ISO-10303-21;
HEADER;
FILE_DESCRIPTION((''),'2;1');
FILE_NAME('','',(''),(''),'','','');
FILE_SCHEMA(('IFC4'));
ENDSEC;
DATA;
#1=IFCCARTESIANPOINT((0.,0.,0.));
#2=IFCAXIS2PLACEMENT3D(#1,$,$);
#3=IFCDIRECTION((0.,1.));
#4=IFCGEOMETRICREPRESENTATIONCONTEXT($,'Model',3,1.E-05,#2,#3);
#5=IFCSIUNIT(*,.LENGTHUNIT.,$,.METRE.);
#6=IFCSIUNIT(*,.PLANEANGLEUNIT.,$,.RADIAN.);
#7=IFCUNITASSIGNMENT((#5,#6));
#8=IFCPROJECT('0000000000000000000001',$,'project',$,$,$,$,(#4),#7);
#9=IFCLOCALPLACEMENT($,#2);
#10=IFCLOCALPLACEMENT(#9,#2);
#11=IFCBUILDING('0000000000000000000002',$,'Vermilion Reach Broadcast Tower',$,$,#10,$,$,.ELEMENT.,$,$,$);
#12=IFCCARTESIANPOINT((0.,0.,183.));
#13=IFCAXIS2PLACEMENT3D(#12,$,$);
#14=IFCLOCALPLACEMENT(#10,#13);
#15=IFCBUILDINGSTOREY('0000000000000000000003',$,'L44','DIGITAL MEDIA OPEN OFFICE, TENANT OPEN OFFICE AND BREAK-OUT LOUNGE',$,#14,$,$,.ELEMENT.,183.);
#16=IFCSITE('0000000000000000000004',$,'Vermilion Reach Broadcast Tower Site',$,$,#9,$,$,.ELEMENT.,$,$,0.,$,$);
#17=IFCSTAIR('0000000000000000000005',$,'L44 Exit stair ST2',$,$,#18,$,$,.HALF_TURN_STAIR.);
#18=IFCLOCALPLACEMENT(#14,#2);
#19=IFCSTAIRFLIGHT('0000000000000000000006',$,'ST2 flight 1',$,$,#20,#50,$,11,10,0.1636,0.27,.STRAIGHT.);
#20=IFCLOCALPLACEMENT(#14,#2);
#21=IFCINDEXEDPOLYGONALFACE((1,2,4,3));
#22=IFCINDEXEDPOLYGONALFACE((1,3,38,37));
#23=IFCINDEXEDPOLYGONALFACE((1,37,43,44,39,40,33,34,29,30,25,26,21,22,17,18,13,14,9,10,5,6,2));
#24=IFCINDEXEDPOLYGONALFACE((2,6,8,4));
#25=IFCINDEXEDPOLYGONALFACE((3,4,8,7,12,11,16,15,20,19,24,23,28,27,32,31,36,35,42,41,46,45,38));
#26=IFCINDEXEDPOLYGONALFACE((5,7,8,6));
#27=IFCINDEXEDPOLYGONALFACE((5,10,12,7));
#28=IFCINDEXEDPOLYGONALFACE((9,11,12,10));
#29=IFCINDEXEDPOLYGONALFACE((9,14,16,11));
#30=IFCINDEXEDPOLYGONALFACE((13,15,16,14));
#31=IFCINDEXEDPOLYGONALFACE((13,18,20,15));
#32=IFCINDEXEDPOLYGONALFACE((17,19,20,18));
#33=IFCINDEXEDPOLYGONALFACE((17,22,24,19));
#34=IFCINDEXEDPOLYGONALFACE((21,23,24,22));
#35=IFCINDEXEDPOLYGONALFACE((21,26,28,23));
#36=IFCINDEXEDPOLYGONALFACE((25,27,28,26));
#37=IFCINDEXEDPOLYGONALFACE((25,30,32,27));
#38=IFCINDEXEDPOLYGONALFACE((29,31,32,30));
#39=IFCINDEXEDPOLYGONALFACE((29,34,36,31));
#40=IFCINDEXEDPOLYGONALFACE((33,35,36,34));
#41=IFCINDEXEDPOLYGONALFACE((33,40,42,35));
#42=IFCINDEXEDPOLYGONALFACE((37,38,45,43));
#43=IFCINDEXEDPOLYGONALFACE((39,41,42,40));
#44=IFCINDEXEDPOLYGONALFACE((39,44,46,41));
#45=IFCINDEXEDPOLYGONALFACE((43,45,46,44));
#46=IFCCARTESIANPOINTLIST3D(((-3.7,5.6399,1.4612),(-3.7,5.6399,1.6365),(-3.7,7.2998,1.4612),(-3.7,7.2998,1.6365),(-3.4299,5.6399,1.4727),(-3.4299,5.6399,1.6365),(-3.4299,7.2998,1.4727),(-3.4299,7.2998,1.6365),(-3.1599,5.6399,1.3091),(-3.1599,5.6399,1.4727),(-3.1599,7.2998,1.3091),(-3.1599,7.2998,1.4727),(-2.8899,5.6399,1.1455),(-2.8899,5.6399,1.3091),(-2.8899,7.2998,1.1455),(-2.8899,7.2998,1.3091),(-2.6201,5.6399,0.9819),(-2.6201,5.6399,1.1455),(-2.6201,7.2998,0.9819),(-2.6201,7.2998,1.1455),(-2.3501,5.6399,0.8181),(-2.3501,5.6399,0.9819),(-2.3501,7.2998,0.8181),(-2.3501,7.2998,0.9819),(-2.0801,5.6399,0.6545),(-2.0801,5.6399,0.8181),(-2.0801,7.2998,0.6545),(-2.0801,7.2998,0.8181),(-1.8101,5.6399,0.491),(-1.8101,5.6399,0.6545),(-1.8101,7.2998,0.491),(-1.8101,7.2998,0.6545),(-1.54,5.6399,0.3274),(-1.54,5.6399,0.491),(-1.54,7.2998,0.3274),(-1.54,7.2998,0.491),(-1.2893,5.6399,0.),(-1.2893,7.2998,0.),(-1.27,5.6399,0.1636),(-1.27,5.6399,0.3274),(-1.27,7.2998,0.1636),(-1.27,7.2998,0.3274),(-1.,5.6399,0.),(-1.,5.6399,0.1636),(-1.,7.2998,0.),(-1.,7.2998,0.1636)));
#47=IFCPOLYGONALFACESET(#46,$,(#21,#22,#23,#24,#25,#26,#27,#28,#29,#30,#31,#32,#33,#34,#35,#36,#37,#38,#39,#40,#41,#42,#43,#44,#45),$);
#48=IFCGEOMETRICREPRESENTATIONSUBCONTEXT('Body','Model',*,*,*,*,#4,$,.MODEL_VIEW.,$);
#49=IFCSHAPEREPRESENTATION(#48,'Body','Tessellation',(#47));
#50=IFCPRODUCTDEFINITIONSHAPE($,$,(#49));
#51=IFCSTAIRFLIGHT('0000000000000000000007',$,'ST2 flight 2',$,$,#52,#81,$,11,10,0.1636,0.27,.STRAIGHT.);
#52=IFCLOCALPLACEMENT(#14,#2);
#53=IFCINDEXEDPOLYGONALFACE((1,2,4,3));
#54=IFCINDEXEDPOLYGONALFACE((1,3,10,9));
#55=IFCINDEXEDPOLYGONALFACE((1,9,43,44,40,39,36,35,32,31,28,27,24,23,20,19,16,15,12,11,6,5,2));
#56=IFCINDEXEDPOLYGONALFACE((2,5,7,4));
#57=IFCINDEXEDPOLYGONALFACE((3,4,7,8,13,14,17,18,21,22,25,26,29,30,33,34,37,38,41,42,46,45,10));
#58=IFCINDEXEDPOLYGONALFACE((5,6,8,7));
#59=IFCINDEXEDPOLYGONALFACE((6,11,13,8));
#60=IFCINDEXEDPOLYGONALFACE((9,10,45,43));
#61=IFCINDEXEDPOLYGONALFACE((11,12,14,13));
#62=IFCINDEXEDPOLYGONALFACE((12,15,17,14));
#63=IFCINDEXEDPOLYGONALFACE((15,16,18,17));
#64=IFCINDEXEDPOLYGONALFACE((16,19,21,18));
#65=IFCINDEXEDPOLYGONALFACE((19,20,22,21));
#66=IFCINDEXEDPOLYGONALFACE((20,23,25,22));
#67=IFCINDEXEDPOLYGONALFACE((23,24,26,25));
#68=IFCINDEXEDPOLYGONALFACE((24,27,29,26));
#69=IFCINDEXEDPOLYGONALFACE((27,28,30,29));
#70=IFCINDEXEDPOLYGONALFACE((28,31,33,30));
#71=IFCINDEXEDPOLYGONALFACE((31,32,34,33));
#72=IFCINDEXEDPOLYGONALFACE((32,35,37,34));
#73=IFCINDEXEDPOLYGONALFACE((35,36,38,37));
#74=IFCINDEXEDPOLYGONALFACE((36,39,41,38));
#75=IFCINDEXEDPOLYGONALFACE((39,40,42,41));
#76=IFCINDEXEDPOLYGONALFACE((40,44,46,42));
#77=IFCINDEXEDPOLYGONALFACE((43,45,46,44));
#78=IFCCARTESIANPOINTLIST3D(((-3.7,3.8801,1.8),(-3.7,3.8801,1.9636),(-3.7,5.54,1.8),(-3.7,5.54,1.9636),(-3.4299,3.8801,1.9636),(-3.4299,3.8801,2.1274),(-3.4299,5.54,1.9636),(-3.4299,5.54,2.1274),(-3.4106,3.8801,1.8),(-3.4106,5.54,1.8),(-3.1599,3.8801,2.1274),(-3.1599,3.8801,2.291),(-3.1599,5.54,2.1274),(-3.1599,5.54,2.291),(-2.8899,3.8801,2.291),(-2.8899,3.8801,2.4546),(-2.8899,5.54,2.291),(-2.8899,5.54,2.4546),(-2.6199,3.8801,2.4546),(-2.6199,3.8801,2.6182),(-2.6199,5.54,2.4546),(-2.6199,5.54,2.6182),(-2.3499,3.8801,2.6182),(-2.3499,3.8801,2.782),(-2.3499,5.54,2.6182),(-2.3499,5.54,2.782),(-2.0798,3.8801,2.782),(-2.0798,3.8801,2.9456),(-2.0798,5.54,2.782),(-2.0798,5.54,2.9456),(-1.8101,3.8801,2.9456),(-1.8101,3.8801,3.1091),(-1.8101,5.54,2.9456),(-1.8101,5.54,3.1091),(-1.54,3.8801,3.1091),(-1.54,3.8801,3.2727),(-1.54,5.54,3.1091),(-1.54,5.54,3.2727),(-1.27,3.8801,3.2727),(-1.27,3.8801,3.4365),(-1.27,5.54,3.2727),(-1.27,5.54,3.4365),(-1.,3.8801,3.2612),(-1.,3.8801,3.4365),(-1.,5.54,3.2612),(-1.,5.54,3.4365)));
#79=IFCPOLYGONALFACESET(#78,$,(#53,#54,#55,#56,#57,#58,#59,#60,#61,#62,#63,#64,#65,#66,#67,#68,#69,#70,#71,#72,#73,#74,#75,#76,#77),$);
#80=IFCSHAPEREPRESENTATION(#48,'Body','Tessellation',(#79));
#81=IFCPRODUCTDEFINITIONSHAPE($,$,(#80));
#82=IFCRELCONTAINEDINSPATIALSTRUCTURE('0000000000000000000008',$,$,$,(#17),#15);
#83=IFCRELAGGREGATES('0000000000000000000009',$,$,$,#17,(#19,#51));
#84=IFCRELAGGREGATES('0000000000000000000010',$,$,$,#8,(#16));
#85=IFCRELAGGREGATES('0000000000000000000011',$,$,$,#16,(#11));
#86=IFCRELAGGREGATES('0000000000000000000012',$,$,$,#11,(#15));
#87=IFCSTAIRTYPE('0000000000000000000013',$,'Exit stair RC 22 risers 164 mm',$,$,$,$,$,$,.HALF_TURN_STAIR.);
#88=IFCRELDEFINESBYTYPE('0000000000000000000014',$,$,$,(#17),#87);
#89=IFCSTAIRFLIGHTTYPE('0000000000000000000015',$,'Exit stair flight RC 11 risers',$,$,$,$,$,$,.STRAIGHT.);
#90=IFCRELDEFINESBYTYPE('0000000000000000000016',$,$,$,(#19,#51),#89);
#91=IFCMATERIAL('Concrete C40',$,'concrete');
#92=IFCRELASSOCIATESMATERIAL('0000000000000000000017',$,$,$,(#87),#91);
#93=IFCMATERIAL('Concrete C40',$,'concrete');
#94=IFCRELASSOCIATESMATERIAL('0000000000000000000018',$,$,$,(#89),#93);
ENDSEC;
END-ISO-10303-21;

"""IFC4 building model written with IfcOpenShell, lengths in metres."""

from ifc_helpers import new_model, si_unit, direction, frame, origin, place, context, subcontext, project, spatial, polyline, outline, extrude, material, type_object, element, aggregate, save


model = new_model("IFC4")

# Units and contexts
model_context = context("Model", 3, precision=1e-05, world=origin(), true_north=direction((0.0, 1.0)))
body_context = subcontext(model_context, "Body", "Model", "MODEL_VIEW")
ifc_project = project(units=[si_unit("LENGTHUNIT", "METRE"), si_unit("PLANEANGLEUNIT", "RADIAN")], contexts=[model_context])

# Site, building, storey
site_placement = place(None, origin())
site = spatial("IfcSite", under=ifc_project, at=site_placement, Name="Vermilion Reach Broadcast Tower Site", CompositionType="ELEMENT", RefElevation=0.0)
building_placement = place(site_placement, origin())
building = spatial("IfcBuilding", under=site, at=building_placement, Name="Vermilion Reach Broadcast Tower", CompositionType="ELEMENT")
storey_placement = place(building_placement, frame((0.0, 0.0, 183.0)))
storey = spatial("IfcBuildingStorey", under=building, at=storey_placement, Name="L44", Description="DIGITAL MEDIA OPEN OFFICE, TENANT OPEN OFFICE AND BREAK-OUT LOUNGE", CompositionType="ELEMENT", Elevation=183.0)

# Stair
ifc_material_1 = material(Name="Concrete C40", Category="concrete")
stair_type = type_object("IfcStairType", Name="Exit stair RC 22 risers 164 mm", PredefinedType="HALF_TURN_STAIR", material=ifc_material_1)
placement_1 = place(storey_placement, origin())
stair_1 = element("IfcStair", 1, at=placement_1, inside=storey, type_object=stair_type, Name="L44 Exit stair ST2", PredefinedType="HALF_TURN_STAIR")

# Stair flights
ifc_material_2 = material(Name="Concrete C40", Category="concrete")
stair_flight_type = type_object("IfcStairFlightType", Name="Exit stair flight RC 11 risers", PredefinedType="STRAIGHT", material=ifc_material_2)
stair_flight_1_placement = place(storey_placement, frame((-1.0, 6.47, 0.0), z_axis=(0.0, 0.0, 1.0), x_axis=(-1.0, 0.0, 0.0)))
stair_flight_1 = element("IfcStairFlight", 2, at=stair_flight_1_placement, type_object=stair_flight_type, Name="ST2 flight 1", NumberOfRisers=11, NumberOfTreads=10, PredefinedType="STRAIGHT", RiserHeight=0.1636, TreadLength=0.27, context=body_context, shape_type="SweptSolid", body=[
    extrude(outline(polyline([(0.0, 0.0), (0.0, 0.1636), (0.27, 0.1636), (0.27, 0.3274), (0.54, 0.3274), (0.54, 0.491), (0.8101, 0.491), (0.8101, 0.6545), (1.0801, 0.6545), (1.0801, 0.8181), (1.3501, 0.8181), (1.3501, 0.9819), (1.6201, 0.9819), (1.6201, 1.1455), (1.8899, 1.1455), (1.8899, 1.3091), (2.1599, 1.3091), (2.1599, 1.4727), (2.4299, 1.4727), (2.4299, 1.6365), (2.7, 1.6365), (2.7, 1.8), (2.7, 1.4612), (0.2893, 0.0), (0.0, 0.0)])), frame((0.0, 0.8301, 0.0), z_axis=(0.0, -1.0, 0.0), x_axis=(1.0, 0.0, 0.0)), (0.0, 0.0, 1.0), 1.6599),
])
stair_flight_2_placement = place(storey_placement, frame((-3.7, 4.71, 1.8), z_axis=(0.0, 0.0, 1.0), x_axis=(1.0, 0.0, 0.0)))
stair_flight_2 = element("IfcStairFlight", 3, at=stair_flight_2_placement, type_object=stair_flight_type, Name="ST2 flight 2", NumberOfRisers=11, NumberOfTreads=10, PredefinedType="STRAIGHT", RiserHeight=0.1636, TreadLength=0.27, context=body_context, shape_type="SweptSolid", body=[
    extrude(outline(polyline([(0.0, 0.0), (0.0, 0.1636), (0.27, 0.1636), (0.27, 0.3274), (0.54, 0.3274), (0.54, 0.491), (0.8101, 0.491), (0.8101, 0.6545), (1.0801, 0.6545), (1.0801, 0.8181), (1.3501, 0.8181), (1.3501, 0.9819), (1.6201, 0.9819), (1.6201, 1.1455), (1.8899, 1.1455), (1.8899, 1.3091), (2.1599, 1.3091), (2.1599, 1.4727), (2.4299, 1.4727), (2.4299, 1.6365), (2.7, 1.6365), (2.7, 1.8), (2.7, 1.4612), (0.2893, 0.0), (0.0, 0.0)])), frame((0.0, 0.8301, 0.0), z_axis=(0.0, -1.0, 0.0), x_axis=(1.0, 0.0, 0.0)), (0.0, 0.0, 1.0), 1.6599),
])
aggregate(stair_1, [stair_flight_1, stair_flight_2])

save(model, "model.ifc")
